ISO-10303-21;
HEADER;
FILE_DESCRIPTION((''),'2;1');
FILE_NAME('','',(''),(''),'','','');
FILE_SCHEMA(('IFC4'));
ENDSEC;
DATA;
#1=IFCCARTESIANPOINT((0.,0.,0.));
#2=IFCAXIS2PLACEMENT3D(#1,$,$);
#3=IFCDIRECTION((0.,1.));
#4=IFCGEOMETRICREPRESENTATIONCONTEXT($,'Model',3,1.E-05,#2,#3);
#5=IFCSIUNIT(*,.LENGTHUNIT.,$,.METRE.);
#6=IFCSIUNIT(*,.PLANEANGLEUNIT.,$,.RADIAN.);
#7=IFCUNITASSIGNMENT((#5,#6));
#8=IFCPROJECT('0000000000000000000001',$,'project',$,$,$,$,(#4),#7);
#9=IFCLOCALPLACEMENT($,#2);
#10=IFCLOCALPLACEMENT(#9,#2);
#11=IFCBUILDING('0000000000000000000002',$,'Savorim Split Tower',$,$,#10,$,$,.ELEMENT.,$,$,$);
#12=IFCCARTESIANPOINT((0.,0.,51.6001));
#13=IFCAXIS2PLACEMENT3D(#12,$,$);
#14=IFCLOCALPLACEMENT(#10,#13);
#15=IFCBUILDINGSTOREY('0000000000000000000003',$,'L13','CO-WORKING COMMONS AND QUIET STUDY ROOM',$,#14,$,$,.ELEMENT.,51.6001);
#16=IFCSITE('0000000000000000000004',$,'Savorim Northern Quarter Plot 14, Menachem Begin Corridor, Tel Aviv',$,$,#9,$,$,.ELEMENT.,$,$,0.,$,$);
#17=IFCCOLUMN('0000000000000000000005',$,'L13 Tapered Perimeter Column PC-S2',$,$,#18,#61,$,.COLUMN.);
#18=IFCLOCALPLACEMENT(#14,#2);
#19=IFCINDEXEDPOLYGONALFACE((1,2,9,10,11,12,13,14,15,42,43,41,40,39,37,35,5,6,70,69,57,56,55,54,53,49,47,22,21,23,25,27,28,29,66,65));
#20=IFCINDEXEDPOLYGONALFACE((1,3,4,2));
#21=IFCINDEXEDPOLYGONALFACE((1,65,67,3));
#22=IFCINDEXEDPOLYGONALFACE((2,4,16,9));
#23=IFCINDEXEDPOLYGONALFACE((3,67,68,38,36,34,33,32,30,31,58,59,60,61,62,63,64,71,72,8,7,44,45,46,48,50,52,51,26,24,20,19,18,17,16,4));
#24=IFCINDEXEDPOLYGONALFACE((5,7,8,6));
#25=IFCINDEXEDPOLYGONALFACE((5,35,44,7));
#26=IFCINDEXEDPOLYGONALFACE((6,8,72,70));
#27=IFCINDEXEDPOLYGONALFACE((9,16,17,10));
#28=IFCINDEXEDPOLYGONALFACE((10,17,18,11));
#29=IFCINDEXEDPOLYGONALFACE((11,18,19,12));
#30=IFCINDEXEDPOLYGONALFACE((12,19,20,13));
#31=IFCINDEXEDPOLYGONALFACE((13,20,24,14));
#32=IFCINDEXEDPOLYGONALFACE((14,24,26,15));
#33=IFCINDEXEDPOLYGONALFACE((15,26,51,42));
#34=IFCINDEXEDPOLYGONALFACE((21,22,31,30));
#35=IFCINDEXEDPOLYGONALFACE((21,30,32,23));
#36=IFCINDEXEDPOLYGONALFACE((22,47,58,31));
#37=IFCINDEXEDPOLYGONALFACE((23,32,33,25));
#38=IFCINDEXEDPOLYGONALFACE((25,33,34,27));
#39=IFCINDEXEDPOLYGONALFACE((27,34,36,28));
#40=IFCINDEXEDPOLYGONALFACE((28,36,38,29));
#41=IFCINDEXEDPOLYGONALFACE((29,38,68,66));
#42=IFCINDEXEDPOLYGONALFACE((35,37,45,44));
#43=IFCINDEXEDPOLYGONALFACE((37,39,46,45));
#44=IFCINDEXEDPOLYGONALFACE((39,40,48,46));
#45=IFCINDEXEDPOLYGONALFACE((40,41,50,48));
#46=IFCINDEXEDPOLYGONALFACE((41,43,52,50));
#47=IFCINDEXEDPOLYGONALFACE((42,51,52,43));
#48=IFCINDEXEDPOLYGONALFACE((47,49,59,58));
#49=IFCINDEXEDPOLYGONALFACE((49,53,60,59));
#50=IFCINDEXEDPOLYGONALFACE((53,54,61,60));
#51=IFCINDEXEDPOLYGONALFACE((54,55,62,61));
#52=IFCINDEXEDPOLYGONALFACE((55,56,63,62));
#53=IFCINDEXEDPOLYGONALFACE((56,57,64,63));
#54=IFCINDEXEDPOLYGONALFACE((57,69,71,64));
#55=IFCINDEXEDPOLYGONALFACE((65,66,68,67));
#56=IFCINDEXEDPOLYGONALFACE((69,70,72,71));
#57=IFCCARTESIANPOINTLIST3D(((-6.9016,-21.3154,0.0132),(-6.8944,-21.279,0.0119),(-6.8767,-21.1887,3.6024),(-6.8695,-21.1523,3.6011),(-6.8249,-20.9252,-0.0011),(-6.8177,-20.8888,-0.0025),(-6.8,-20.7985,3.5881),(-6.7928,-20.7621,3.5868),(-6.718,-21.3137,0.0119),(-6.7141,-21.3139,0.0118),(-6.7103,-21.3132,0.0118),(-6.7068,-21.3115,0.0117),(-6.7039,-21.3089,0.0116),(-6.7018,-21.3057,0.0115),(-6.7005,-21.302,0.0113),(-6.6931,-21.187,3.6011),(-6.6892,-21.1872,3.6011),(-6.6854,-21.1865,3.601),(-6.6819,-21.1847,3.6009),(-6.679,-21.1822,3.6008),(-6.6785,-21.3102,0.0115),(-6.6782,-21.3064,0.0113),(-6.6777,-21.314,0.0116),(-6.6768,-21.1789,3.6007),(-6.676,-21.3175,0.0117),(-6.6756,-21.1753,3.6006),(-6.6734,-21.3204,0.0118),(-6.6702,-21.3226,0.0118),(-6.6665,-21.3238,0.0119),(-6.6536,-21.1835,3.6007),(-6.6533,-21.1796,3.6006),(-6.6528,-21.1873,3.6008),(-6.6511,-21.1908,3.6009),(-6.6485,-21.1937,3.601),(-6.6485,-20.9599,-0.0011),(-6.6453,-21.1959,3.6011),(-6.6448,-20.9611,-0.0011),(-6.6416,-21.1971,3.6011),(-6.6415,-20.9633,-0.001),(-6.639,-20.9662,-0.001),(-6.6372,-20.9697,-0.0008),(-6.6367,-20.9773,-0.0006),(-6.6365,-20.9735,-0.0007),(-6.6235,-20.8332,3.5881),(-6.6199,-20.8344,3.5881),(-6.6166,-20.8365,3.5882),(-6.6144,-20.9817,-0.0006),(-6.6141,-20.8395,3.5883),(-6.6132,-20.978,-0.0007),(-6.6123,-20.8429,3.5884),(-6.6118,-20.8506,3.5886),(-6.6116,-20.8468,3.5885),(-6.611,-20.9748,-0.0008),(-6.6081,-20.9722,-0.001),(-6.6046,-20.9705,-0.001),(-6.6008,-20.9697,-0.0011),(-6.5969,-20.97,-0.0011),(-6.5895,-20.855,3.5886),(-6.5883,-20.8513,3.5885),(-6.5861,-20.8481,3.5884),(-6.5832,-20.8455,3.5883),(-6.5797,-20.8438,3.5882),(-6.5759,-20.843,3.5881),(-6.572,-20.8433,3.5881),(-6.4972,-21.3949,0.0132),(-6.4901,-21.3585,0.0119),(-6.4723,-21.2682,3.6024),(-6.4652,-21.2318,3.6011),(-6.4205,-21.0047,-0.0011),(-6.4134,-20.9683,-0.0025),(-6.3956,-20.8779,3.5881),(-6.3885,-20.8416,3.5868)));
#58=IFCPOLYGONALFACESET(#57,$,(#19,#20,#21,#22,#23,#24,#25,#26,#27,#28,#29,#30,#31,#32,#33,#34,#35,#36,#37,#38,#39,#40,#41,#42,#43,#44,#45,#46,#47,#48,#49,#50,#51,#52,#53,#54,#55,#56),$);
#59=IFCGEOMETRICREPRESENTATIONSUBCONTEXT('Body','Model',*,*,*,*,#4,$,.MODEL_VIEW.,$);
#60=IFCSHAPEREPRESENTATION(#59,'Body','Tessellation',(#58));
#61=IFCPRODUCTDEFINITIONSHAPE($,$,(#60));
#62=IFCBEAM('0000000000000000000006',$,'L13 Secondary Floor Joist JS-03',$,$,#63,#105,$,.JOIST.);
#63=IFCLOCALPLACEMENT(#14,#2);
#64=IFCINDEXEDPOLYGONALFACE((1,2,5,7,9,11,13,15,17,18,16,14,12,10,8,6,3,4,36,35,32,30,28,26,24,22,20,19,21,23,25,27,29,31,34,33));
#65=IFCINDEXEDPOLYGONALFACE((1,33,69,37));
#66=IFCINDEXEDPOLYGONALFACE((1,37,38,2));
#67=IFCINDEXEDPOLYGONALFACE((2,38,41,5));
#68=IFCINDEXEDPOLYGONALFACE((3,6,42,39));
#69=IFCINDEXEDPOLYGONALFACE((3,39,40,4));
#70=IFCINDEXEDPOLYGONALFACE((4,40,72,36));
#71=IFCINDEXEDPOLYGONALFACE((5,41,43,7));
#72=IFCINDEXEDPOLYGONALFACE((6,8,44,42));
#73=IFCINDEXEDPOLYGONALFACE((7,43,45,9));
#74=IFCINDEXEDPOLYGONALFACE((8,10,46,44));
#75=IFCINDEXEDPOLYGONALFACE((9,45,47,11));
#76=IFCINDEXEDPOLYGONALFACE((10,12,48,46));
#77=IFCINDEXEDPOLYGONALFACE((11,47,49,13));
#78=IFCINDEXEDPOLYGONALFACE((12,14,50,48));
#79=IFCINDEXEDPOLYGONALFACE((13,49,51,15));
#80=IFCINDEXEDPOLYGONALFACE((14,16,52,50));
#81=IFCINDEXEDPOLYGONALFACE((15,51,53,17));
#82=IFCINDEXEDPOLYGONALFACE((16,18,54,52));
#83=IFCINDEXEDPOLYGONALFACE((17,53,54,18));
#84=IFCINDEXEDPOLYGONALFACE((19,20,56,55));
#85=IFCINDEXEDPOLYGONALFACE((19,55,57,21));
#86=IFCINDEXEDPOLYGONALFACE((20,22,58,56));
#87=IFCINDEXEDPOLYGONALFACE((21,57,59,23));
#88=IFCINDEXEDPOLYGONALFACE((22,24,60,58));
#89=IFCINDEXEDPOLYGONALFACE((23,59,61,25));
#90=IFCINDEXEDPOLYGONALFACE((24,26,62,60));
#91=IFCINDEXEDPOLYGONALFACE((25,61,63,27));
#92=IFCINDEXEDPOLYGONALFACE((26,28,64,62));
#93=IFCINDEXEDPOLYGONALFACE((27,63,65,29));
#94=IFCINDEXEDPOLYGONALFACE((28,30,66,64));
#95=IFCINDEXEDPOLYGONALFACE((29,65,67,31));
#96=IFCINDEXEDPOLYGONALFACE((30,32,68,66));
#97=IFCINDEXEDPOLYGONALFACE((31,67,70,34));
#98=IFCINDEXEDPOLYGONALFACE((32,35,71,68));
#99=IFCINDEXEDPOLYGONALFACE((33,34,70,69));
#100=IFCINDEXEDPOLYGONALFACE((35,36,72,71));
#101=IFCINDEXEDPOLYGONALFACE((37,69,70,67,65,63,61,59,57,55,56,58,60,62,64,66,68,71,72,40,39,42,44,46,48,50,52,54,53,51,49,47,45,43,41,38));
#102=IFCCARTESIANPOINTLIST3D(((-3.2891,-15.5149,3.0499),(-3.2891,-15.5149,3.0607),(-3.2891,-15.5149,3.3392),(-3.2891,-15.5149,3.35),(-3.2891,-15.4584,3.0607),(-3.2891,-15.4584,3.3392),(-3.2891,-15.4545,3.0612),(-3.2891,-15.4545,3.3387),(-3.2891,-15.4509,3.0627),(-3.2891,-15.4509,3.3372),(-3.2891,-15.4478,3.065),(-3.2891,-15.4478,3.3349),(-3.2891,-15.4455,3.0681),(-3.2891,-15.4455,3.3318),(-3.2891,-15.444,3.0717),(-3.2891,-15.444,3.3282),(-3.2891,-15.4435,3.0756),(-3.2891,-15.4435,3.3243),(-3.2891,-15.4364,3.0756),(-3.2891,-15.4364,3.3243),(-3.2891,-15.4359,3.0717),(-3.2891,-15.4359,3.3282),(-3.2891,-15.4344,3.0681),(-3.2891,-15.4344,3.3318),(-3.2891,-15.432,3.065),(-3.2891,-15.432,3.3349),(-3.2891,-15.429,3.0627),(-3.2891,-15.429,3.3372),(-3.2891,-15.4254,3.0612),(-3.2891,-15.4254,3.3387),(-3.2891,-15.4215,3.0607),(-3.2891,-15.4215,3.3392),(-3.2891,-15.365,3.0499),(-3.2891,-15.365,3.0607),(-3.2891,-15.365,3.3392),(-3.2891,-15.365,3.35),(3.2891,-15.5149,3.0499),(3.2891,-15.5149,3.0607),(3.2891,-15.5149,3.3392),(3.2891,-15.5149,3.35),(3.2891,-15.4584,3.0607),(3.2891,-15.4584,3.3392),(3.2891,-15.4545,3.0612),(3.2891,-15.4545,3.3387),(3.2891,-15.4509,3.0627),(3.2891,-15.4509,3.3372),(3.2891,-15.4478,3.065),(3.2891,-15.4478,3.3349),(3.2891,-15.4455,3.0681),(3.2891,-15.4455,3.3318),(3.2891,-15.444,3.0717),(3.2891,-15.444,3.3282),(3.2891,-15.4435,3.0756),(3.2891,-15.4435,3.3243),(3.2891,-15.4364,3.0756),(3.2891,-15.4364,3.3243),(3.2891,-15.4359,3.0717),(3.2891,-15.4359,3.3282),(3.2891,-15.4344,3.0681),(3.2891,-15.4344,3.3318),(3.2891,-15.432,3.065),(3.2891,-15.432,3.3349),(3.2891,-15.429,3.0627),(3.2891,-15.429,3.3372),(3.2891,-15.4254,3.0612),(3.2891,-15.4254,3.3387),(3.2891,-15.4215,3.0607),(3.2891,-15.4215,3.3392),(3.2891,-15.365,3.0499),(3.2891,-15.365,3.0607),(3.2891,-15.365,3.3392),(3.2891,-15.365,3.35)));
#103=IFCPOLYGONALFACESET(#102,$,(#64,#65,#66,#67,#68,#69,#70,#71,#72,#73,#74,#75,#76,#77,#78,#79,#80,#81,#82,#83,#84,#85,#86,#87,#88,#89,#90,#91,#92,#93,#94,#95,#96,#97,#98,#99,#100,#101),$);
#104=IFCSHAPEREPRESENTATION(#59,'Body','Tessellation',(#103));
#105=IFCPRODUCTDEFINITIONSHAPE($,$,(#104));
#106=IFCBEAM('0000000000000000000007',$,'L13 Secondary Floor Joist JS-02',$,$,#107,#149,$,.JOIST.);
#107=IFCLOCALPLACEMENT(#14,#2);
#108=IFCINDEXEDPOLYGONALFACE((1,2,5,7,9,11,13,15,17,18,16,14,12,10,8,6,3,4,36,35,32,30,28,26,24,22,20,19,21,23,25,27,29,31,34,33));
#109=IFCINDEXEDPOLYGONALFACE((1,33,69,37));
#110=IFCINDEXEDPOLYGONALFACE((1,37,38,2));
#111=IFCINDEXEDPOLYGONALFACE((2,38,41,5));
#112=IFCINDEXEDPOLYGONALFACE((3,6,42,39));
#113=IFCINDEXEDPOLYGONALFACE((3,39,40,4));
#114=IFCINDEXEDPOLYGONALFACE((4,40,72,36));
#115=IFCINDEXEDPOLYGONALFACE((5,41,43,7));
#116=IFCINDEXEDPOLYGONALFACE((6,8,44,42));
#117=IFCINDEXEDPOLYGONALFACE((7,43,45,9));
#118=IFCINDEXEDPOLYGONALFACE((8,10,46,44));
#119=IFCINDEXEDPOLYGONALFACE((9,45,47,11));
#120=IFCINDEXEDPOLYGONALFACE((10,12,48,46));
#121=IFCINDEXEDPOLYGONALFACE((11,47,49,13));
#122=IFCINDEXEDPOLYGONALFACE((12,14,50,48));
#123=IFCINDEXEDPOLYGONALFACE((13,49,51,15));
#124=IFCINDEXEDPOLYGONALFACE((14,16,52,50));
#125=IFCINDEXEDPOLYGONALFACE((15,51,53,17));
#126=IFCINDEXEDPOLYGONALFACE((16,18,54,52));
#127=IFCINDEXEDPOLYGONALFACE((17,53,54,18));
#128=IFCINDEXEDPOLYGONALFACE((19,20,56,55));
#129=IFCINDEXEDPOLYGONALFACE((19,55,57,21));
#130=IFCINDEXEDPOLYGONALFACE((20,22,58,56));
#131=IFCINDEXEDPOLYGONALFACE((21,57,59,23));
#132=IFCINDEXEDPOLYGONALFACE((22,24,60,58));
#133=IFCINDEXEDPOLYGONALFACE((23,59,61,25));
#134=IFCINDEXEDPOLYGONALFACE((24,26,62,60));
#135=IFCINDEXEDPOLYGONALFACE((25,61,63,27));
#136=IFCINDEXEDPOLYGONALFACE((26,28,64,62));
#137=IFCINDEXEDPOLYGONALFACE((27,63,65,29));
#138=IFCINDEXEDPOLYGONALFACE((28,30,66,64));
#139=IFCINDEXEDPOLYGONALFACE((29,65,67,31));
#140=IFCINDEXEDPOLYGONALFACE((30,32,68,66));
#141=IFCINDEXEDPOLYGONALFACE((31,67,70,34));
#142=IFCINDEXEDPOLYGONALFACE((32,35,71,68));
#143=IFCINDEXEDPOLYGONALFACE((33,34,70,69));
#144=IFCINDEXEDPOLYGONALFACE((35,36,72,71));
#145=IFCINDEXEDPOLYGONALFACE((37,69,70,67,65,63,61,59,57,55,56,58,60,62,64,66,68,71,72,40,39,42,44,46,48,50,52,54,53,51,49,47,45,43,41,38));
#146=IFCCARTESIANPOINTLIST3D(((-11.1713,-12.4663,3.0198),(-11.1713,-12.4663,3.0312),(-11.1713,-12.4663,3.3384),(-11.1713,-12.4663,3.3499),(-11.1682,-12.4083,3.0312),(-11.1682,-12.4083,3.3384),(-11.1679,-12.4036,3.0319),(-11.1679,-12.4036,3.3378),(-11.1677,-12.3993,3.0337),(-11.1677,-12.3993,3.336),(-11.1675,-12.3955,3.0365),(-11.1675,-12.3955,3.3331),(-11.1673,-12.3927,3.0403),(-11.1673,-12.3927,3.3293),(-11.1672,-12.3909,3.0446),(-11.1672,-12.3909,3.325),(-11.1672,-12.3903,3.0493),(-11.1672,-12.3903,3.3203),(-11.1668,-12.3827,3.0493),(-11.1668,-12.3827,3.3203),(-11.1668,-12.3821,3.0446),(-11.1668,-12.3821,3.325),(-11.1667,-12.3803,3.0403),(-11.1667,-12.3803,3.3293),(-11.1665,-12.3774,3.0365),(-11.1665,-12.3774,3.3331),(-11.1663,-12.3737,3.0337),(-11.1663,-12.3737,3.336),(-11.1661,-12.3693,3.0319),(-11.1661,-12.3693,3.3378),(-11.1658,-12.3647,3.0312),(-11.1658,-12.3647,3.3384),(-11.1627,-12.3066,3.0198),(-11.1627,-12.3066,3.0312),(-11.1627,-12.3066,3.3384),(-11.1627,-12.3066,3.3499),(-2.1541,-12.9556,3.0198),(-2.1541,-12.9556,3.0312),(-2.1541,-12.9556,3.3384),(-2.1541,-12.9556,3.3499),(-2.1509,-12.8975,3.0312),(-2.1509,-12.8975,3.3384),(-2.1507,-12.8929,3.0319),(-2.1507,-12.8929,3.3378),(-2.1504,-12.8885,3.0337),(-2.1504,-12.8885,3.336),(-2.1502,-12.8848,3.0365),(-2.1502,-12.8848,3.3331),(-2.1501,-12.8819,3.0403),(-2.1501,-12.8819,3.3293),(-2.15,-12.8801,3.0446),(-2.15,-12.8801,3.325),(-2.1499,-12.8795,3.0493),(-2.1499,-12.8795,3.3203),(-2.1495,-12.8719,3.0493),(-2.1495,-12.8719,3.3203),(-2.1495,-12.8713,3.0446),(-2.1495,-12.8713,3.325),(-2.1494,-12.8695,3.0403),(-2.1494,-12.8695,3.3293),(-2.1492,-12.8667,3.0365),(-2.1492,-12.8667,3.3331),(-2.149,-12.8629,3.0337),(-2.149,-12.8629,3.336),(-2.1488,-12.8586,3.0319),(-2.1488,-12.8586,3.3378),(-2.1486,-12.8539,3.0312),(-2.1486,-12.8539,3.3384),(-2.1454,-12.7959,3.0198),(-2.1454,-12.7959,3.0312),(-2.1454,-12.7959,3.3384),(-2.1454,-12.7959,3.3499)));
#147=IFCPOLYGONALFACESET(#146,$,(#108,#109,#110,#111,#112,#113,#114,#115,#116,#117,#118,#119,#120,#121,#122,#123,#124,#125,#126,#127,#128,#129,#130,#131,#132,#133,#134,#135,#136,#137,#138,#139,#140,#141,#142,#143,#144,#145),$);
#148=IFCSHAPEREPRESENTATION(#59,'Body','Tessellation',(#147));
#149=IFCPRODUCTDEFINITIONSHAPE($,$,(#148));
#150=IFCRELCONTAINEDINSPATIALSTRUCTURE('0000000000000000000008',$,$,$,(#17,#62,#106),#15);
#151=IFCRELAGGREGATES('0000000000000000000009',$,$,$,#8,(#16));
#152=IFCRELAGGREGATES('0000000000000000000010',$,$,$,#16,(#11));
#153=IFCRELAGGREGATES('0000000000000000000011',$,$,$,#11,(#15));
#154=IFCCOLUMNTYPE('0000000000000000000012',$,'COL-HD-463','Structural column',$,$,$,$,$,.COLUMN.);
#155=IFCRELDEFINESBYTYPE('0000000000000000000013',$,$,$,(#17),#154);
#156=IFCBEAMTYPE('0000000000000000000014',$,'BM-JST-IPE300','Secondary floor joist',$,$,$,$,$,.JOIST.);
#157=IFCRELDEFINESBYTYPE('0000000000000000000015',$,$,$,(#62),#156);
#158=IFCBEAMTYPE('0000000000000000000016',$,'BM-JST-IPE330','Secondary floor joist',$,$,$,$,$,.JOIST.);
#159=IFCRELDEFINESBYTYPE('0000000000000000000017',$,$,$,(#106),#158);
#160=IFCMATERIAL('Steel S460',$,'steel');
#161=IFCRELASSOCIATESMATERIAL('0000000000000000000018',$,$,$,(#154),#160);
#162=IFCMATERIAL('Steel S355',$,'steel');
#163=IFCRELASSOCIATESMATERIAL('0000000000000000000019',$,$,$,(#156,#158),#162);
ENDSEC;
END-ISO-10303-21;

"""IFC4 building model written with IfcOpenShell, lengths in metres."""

from ifc_helpers import new_model, si_unit, direction, frame, origin, origin_2d, place, context, subcontext, project, spatial, i_section, extrude, material, material_profile, profile_set, type_object, element, save


model = new_model("IFC4")

# Units and contexts
model_context = context("Model", 3, precision=1e-05, world=origin(), true_north=direction((0.0, 1.0)))
body_context = subcontext(model_context, "Body", "Model", "MODEL_VIEW")
ifc_project = project(units=[si_unit("LENGTHUNIT", "METRE"), si_unit("PLANEANGLEUNIT", "RADIAN")], contexts=[model_context])

# Site, building, storey
site_placement = place(None, origin())
site = spatial("IfcSite", under=ifc_project, at=site_placement, Name="Savorim Northern Quarter Plot 14, Menachem Begin Corridor, Tel Aviv", CompositionType="ELEMENT", RefElevation=0.0)
building_placement = place(site_placement, origin())
building = spatial("IfcBuilding", under=site, at=building_placement, Name="Savorim Split Tower", CompositionType="ELEMENT")
storey_placement = place(building_placement, frame((0.0, 0.0, 51.6001)))
storey = spatial("IfcBuildingStorey", under=building, at=storey_placement, Name="L13", Description="CO-WORKING COMMONS AND QUIET STUDY ROOM", CompositionType="ELEMENT", Elevation=51.6001)

# Column
ifc_material_1 = material(Name="Steel S460", Category="steel")
ifc_material_profile_1 = material_profile(ifc_material_1, i_section(OverallWidth=0.4121, OverallDepth=0.4351, WebThickness=0.0227, FlangeThickness=0.0371, FilletRadius=0.0149, at=origin_2d()), Name="HD 400x463")
ifc_profile_set_1 = profile_set([ifc_material_profile_1], Name="Steel S460")
column_type = type_object("IfcColumnType", Name="COL-HD-463", Description="Structural column", PredefinedType="COLUMN", material=ifc_profile_set_1)
column_placement = place(storey_placement, frame((-6.6575, -21.1418, 0.0054), z_axis=(0.006934, 0.035281, 0.999353), x_axis=(-0.98123, 0.192843, 0.0)))
element("IfcColumn", 1, at=column_placement, inside=storey, type_object=column_type, Name="L13 Tapered Perimeter Column PC-S2", PredefinedType="COLUMN", context=body_context, shape_type="SweptSolid", body=[
    extrude(i_section(OverallWidth=0.4121, OverallDepth=0.4351, WebThickness=0.0227, FlangeThickness=0.0371, FilletRadius=0.0149, at=origin_2d()), origin(), (0.0, 0.0, 1.0), 3.5916),
])

# Beams
ifc_material_2 = material(Name="Steel S355", Category="steel")
ifc_material_profile_2 = material_profile(ifc_material_2, i_section(OverallWidth=0.1499, OverallDepth=0.3, WebThickness=0.0071, FlangeThickness=0.0107, FilletRadius=0.0149, at=origin_2d()), Name="IPE 300")
ifc_profile_set_2 = profile_set([ifc_material_profile_2], Name="Steel S355")
beam_type_1 = type_object("IfcBeamType", Name="BM-JST-IPE300", Description="Secondary floor joist", PredefinedType="JOIST", material=ifc_profile_set_2)
beam_1_placement = place(storey_placement, frame((-3.2891, -15.4399, 3.2), z_axis=(1.0, 0.0, 0.0), x_axis=(0.0, 1.0, 0.0)))
element("IfcBeam", 2, at=beam_1_placement, inside=storey, type_object=beam_type_1, Name="L13 Secondary Floor Joist JS-03", PredefinedType="JOIST", context=body_context, shape_type="SweptSolid", body=[
    extrude(i_section(OverallWidth=0.1499, OverallDepth=0.3, WebThickness=0.0071, FlangeThickness=0.0107, FilletRadius=0.0149, at=origin_2d()), origin(), (0.0, 0.0, 1.0), 6.5781),
])
ifc_material_profile_3 = material_profile(ifc_material_2, i_section(OverallWidth=0.1599, OverallDepth=0.3301, WebThickness=0.0076, FlangeThickness=0.0115, FilletRadius=0.0181, at=origin_2d()), Name="IPE 330")
ifc_profile_set_3 = profile_set([ifc_material_profile_3], Name="Steel S355")
beam_type_2 = type_object("IfcBeamType", Name="BM-JST-IPE330", Description="Secondary floor joist", PredefinedType="JOIST", material=ifc_profile_set_3)
beam_2_placement = place(storey_placement, frame((-11.167, -12.3865, 3.1848), z_axis=(0.998531, -0.054178, 0.0), x_axis=(0.054178, 0.998531, 0.0)))
element("IfcBeam", 3, at=beam_2_placement, inside=storey, type_object=beam_type_2, Name="L13 Secondary Floor Joist JS-02", PredefinedType="JOIST", context=body_context, shape_type="SweptSolid", body=[
    extrude(i_section(OverallWidth=0.1599, OverallDepth=0.3301, WebThickness=0.0076, FlangeThickness=0.0115, FilletRadius=0.0181, at=origin_2d()), origin(), (0.0, 0.0, 1.0), 9.0305),
])

save(model, "model.ifc")
